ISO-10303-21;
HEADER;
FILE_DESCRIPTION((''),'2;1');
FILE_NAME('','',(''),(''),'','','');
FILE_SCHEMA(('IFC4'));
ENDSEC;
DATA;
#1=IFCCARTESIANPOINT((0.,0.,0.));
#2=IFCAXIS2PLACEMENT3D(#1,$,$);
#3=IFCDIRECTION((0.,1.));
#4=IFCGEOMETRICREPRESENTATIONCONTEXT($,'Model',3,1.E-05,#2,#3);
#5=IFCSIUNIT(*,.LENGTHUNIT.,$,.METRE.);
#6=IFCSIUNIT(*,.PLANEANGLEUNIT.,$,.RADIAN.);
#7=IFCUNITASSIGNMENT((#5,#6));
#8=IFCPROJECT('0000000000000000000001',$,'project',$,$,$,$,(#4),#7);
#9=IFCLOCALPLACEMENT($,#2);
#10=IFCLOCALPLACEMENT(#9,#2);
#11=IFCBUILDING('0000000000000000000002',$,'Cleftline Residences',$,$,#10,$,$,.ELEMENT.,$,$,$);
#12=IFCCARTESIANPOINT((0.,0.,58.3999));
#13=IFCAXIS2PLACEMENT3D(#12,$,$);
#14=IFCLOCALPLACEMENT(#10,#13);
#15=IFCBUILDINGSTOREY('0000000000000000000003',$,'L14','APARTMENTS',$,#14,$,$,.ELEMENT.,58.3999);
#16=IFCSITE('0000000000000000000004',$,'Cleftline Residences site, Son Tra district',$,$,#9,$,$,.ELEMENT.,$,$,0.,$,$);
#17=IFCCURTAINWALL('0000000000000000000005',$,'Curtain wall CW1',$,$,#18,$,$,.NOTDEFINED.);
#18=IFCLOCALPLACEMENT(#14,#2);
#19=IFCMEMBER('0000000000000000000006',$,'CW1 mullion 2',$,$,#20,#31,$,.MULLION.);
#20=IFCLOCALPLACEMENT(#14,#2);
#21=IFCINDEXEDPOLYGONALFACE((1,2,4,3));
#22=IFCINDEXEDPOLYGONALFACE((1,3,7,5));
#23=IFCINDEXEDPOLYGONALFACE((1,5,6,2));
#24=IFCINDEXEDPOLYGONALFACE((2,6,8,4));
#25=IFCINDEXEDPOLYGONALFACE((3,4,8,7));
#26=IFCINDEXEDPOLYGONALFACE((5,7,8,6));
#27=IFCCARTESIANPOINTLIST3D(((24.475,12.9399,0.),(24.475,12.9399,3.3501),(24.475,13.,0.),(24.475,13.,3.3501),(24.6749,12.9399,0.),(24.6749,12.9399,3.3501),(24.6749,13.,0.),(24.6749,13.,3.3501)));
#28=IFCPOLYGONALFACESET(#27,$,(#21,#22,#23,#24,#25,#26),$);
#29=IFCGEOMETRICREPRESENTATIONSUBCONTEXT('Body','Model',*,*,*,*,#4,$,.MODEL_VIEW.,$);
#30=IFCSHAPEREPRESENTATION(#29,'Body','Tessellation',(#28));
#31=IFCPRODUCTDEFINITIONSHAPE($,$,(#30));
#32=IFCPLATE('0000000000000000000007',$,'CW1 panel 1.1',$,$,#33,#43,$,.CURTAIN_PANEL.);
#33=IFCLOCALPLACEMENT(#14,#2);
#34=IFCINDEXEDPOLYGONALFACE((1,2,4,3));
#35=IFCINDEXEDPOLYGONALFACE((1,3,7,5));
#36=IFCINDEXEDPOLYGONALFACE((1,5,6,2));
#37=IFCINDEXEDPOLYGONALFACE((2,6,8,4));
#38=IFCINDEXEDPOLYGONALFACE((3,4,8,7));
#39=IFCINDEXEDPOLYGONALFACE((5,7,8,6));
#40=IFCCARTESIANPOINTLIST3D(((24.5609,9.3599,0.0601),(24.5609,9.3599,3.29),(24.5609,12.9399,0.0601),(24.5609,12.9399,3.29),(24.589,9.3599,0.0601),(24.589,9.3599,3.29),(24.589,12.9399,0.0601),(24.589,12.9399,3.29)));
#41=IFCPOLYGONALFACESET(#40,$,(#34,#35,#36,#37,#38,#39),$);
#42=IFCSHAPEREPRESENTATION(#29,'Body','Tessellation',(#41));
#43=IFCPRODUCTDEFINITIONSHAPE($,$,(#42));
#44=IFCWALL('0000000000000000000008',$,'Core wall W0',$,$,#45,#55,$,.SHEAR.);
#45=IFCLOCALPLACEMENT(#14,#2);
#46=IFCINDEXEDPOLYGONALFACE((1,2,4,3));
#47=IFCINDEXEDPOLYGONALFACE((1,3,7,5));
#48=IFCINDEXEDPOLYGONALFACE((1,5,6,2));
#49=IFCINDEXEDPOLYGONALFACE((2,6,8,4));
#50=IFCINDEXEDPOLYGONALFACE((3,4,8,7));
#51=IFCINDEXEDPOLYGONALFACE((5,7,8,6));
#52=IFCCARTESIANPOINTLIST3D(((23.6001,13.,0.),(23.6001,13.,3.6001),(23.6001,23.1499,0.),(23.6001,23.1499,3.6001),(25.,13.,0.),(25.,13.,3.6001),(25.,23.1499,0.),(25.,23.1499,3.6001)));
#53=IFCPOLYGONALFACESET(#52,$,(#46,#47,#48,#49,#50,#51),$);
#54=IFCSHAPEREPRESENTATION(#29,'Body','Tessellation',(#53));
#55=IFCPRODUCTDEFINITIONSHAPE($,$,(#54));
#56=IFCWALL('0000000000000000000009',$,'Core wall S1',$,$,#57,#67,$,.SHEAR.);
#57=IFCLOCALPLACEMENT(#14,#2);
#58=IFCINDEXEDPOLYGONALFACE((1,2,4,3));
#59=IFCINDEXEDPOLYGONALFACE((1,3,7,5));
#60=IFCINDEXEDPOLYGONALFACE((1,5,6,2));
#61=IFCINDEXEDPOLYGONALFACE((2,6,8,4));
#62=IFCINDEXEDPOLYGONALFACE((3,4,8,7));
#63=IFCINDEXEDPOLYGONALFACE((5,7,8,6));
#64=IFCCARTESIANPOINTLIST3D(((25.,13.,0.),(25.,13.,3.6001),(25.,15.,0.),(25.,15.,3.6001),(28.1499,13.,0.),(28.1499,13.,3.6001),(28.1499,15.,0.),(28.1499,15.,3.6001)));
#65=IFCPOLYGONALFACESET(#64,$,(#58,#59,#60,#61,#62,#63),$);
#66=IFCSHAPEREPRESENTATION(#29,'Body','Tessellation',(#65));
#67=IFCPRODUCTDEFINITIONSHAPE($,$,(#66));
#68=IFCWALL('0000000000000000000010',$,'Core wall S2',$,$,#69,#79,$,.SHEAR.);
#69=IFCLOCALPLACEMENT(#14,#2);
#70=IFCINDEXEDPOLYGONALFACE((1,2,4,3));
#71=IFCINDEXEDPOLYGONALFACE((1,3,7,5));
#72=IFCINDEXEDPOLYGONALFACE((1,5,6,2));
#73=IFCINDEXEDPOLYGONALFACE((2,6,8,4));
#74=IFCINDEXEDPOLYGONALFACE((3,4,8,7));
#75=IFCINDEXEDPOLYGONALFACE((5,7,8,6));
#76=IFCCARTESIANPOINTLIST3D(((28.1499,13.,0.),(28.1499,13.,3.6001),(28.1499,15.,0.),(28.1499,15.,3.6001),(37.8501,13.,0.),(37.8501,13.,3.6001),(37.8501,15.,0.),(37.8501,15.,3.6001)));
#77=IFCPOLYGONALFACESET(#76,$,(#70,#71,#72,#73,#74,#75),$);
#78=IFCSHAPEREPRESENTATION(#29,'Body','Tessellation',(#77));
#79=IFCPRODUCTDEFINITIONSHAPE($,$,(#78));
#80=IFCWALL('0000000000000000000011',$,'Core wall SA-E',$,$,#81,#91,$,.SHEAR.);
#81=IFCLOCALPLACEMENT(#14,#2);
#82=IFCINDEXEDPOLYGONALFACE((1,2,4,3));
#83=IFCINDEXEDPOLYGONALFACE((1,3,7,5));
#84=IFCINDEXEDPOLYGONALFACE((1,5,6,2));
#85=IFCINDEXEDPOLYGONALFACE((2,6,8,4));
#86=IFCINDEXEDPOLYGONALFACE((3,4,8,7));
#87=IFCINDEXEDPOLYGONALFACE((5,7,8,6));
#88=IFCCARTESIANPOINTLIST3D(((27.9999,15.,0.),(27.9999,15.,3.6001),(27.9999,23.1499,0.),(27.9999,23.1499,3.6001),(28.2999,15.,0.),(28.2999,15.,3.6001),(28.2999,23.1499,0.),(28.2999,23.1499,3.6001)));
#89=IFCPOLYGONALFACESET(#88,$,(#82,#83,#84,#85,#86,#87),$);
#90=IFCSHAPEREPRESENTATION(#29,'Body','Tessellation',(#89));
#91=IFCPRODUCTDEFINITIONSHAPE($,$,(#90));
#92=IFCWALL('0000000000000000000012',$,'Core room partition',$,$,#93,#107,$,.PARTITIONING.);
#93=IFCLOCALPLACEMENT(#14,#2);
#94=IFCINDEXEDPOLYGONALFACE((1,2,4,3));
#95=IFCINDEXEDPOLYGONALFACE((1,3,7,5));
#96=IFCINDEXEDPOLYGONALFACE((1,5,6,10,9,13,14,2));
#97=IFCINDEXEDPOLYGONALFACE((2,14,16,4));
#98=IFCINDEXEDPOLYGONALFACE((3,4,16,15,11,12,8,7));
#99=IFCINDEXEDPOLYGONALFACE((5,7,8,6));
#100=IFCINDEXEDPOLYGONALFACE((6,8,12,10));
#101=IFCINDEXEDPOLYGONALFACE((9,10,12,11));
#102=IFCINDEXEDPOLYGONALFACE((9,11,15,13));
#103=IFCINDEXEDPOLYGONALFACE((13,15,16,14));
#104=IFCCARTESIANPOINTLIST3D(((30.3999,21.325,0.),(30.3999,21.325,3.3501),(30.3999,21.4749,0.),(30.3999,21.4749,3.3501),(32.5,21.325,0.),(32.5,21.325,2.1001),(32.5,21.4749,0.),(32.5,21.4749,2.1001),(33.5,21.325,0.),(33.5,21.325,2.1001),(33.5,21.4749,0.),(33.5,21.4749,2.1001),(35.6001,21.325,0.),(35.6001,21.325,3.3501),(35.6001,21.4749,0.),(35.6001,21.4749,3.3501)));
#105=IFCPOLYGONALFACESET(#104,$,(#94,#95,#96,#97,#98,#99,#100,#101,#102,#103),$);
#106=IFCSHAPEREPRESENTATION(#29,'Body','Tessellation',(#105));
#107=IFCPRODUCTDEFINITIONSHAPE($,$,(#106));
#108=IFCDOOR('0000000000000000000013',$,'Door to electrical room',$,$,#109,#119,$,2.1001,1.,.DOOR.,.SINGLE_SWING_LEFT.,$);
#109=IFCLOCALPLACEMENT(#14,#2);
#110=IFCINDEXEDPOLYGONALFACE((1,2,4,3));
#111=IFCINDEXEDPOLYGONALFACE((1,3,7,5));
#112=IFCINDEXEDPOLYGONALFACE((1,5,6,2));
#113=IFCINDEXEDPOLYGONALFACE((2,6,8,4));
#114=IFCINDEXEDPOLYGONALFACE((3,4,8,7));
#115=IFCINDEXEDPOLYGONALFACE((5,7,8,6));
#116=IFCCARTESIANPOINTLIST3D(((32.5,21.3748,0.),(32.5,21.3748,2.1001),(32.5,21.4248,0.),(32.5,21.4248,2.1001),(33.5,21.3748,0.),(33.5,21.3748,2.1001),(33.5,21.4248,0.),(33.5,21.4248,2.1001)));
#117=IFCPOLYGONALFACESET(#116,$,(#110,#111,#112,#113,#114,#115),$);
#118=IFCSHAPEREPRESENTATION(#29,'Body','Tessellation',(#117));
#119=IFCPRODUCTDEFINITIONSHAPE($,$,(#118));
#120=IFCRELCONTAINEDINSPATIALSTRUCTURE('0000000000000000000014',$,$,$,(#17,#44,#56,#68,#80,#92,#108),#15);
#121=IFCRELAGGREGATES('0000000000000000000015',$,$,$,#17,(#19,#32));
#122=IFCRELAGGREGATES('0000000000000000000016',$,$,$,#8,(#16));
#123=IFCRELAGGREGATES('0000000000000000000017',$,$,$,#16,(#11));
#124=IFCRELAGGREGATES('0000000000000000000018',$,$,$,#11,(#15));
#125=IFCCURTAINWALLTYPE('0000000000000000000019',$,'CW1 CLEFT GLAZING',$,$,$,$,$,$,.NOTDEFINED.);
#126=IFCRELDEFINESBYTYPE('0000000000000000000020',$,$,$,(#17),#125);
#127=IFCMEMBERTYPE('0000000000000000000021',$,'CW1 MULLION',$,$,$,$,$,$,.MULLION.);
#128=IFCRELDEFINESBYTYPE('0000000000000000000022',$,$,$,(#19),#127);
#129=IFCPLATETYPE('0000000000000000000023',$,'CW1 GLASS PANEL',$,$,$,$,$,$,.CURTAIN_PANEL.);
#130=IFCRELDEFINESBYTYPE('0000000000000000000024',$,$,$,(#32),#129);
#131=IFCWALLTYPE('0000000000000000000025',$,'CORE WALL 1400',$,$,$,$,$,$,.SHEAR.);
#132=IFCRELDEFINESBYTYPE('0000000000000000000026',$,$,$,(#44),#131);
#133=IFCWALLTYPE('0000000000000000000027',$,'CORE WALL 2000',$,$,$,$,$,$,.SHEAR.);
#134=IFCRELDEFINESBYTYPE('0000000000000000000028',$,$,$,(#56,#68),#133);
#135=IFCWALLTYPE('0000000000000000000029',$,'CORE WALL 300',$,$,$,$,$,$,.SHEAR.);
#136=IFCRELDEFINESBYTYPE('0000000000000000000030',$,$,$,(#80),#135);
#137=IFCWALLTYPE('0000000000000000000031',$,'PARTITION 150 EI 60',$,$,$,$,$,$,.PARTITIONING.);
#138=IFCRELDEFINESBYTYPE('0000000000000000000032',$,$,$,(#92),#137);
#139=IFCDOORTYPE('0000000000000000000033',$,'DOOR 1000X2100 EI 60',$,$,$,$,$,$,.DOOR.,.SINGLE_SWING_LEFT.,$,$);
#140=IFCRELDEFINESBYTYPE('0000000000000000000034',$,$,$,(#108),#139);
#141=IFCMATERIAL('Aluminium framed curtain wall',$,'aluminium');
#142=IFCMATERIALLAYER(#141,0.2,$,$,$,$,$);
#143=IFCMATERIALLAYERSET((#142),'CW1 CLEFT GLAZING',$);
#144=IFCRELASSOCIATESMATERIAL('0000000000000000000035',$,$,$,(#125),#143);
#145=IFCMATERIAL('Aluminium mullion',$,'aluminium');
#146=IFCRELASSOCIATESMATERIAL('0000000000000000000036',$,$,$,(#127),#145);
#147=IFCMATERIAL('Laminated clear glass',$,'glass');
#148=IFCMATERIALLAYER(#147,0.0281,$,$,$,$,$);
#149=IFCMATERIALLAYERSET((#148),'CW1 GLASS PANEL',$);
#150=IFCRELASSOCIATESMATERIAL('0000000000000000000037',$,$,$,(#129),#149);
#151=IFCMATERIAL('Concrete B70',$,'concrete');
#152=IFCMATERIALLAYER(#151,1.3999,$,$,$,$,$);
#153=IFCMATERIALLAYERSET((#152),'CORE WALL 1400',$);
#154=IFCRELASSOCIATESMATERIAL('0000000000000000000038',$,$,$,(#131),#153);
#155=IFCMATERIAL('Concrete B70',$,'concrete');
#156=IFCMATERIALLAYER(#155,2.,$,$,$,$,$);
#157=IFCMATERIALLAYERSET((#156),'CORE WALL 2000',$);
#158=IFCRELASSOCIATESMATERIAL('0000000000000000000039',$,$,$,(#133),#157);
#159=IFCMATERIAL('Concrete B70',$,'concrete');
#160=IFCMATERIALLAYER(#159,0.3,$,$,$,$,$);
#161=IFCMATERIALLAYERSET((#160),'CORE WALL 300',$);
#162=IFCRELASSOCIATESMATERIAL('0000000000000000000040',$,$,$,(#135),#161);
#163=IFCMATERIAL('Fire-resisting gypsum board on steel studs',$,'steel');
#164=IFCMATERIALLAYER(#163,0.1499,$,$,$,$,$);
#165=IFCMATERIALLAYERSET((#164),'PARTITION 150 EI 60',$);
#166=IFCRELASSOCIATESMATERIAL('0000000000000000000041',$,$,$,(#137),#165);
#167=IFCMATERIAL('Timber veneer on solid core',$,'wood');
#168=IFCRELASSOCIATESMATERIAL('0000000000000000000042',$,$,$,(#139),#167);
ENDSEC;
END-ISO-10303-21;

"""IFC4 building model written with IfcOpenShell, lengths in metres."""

from ifc_helpers import new_model, si_unit, direction, frame, frame_2d, origin, origin_2d, place, context, subcontext, project, spatial, rectangle, extrude, material, layer, layer_set, material_profile, profile_set, type_object, element, fill, aggregate, save


model = new_model("IFC4")

# Units and contexts
model_context = context("Model", 3, precision=1e-05, world=origin(), true_north=direction((0.0, 1.0)))
body_context = subcontext(model_context, "Body", "Model", "MODEL_VIEW")
ifc_project = project(units=[si_unit("LENGTHUNIT", "METRE"), si_unit("PLANEANGLEUNIT", "RADIAN")], contexts=[model_context])

# Site, building, storey
site_placement = place(None, origin())
site = spatial("IfcSite", under=ifc_project, at=site_placement, Name="Cleftline Residences site, Son Tra district", CompositionType="ELEMENT", RefElevation=0.0)
building_placement = place(site_placement, origin())
building = spatial("IfcBuilding", under=site, at=building_placement, Name="Cleftline Residences", CompositionType="ELEMENT")
storey_placement = place(building_placement, frame((0.0, 0.0, 58.3999)))
storey = spatial("IfcBuildingStorey", under=building, at=storey_placement, Name="L14", Description="APARTMENTS", CompositionType="ELEMENT", Elevation=58.3999)

# Curtain wall, member, plate
ifc_material_1 = material(Name="Aluminium framed curtain wall", Category="aluminium")
ifc_layer_1 = layer(ifc_material_1, 0.2)
ifc_layer_set_1 = layer_set([ifc_layer_1], Name="CW1 CLEFT GLAZING")
curtain_wall_type = type_object("IfcCurtainWallType", Name="CW1 CLEFT GLAZING", PredefinedType="NOTDEFINED", material=ifc_layer_set_1)
curtain_wall_placement = place(storey_placement, origin())
curtain_wall = element("IfcCurtainWall", 1, at=curtain_wall_placement, inside=storey, type_object=curtain_wall_type, Name="Curtain wall CW1", PredefinedType="NOTDEFINED")
ifc_material_2 = material(Name="Aluminium mullion", Category="aluminium")
ifc_material_profile = material_profile(ifc_material_2, rectangle(XDim=0.2, YDim=0.0601, at=origin_2d()))
ifc_profile_set = profile_set([ifc_material_profile], Name="Aluminium mullion")
member_type = type_object("IfcMemberType", Name="CW1 MULLION", PredefinedType="MULLION", material=ifc_profile_set)
member_placement = place(storey_placement, frame((24.575, 12.97, 0.0), z_axis=(0.0, 0.0, 1.0), x_axis=(-1.0, 0.0, 0.0)))
member = element("IfcMember", 2, at=member_placement, type_object=member_type, Name="CW1 mullion 2", PredefinedType="MULLION", context=body_context, shape_type="SweptSolid", body=[
    extrude(rectangle(XDim=0.2, YDim=0.0601, at=origin_2d()), origin(), (0.0, 0.0, 1.0), 3.3501),
])
ifc_material_3 = material(Name="Laminated clear glass", Category="glass")
ifc_layer_2 = layer(ifc_material_3, 0.0281)
ifc_layer_set_2 = layer_set([ifc_layer_2], Name="CW1 GLASS PANEL")
plate_type = type_object("IfcPlateType", Name="CW1 GLASS PANEL", PredefinedType="CURTAIN_PANEL", material=ifc_layer_set_2)
plate_placement = place(storey_placement, frame((24.575, 11.1499, 0.0601), z_axis=(0.0, 0.0, 1.0), x_axis=(0.0, 1.0, 0.0)))
plate = element("IfcPlate", 3, at=plate_placement, type_object=plate_type, Name="CW1 panel 1.1", PredefinedType="CURTAIN_PANEL", context=body_context, shape_type="SweptSolid", body=[
    extrude(rectangle(XDim=3.5801, YDim=0.0281, at=origin_2d()), origin(), (0.0, 0.0, 1.0), 3.23),
])
aggregate(curtain_wall, [member, plate])

# Wall
ifc_material_4 = material(Name="Concrete B70", Category="concrete")
ifc_layer_3 = layer(ifc_material_4, 1.3999)
ifc_layer_set_3 = layer_set([ifc_layer_3], Name="CORE WALL 1400")
wall_type_1 = type_object("IfcWallType", Name="CORE WALL 1400", PredefinedType="SHEAR", material=ifc_layer_set_3)
wall_1_placement = place(storey_placement, frame((24.3, 13.0, 0.0), z_axis=(0.0, 0.0, 1.0), x_axis=(0.0, 1.0, 0.0)))
element("IfcWall", 4, at=wall_1_placement, inside=storey, type_object=wall_type_1, Name="Core wall W0", PredefinedType="SHEAR", context=body_context, shape_type="SweptSolid", body=[
    extrude(rectangle(XDim=10.1499, YDim=1.3999, at=frame_2d((5.075, 0.0))), origin(), (0.0, 0.0, 1.0), 3.6001),
])

# Walls
ifc_material_5 = material(Name="Concrete B70", Category="concrete")
ifc_layer_4 = layer(ifc_material_5, 2.0)
ifc_layer_set_4 = layer_set([ifc_layer_4], Name="CORE WALL 2000")
wall_type_2 = type_object("IfcWallType", Name="CORE WALL 2000", PredefinedType="SHEAR", material=ifc_layer_set_4)
wall_2_placement = place(storey_placement, frame((25.0, 14.0, 0.0), z_axis=(0.0, 0.0, 1.0), x_axis=(1.0, 0.0, 0.0)))
element("IfcWall", 5, at=wall_2_placement, inside=storey, type_object=wall_type_2, Name="Core wall S1", PredefinedType="SHEAR", context=body_context, shape_type="SweptSolid", body=[
    extrude(rectangle(XDim=3.1499, YDim=2.0, at=frame_2d((1.575, 0.0))), origin(), (0.0, 0.0, 1.0), 3.6001),
])
wall_3_placement = place(storey_placement, frame((28.1499, 14.0, 0.0), z_axis=(0.0, 0.0, 1.0), x_axis=(1.0, 0.0, 0.0)))
element("IfcWall", 6, at=wall_3_placement, inside=storey, type_object=wall_type_2, Name="Core wall S2", PredefinedType="SHEAR", context=body_context, shape_type="SweptSolid", body=[
    extrude(rectangle(XDim=9.7002, YDim=2.0, at=frame_2d((4.8501, 0.0))), origin(), (0.0, 0.0, 1.0), 3.6001),
])
ifc_material_6 = material(Name="Concrete B70", Category="concrete")
ifc_layer_5 = layer(ifc_material_6, 0.3)
ifc_layer_set_5 = layer_set([ifc_layer_5], Name="CORE WALL 300")
wall_type_3 = type_object("IfcWallType", Name="CORE WALL 300", PredefinedType="SHEAR", material=ifc_layer_set_5)
wall_4_placement = place(storey_placement, frame((28.1499, 15.0, 0.0), z_axis=(0.0, 0.0, 1.0), x_axis=(0.0, 1.0, 0.0)))
element("IfcWall", 7, at=wall_4_placement, inside=storey, type_object=wall_type_3, Name="Core wall SA-E", PredefinedType="SHEAR", context=body_context, shape_type="SweptSolid", body=[
    extrude(rectangle(XDim=8.1499, YDim=0.3, at=frame_2d((4.075, 0.0))), origin(), (0.0, 0.0, 1.0), 3.6001),
])

# Wall, opening, door
ifc_material_7 = material(Name="Fire-resisting gypsum board on steel studs", Category="steel")
ifc_layer_6 = layer(ifc_material_7, 0.1499)
ifc_layer_set_6 = layer_set([ifc_layer_6], Name="PARTITION 150 EI 60")
wall_type_4 = type_object("IfcWallType", Name="PARTITION 150 EI 60", PredefinedType="PARTITIONING", material=ifc_layer_set_6)
wall_5_placement = place(storey_placement, frame((30.3999, 21.3999, 0.0), z_axis=(0.0, 0.0, 1.0), x_axis=(1.0, 0.0, 0.0)))
wall_5 = element("IfcWall", 8, at=wall_5_placement, inside=storey, type_object=wall_type_4, Name="Core room partition", PredefinedType="PARTITIONING", context=body_context, shape_type="SweptSolid", body=[
    extrude(rectangle(XDim=5.2002, YDim=0.1499, at=frame_2d((2.6001, 0.0))), origin(), (0.0, 0.0, 1.0), 3.3501),
])
opening_1_placement = place(wall_5_placement, frame((2.1001, 0.0, 0.0)))
opening_1 = element("IfcOpeningElement", 9, at=opening_1_placement, cuts=wall_5, PredefinedType="OPENING", context=body_context, shape_type="SweptSolid", body=[
    extrude(rectangle(XDim=1.0, YDim=2.1001, at=frame_2d((0.5, 1.05))), frame((0.0, 0.085, 0.0), z_axis=(0.0, -1.0, 0.0), x_axis=(1.0, 0.0, 0.0)), (0.0, 0.0, 1.0), 0.1699),
])
ifc_material_8 = material(Name="Timber veneer on solid core", Category="wood")
door_type_1 = type_object("IfcDoorType", Name="DOOR 1000X2100 EI 60", OperationType="SINGLE_SWING_LEFT", PredefinedType="DOOR", material=ifc_material_8)
door_1_placement = place(opening_1_placement, origin())
door_1 = element("IfcDoor", 10, at=door_1_placement, inside=storey, type_object=door_type_1, Name="Door to electrical room", OperationType="SINGLE_SWING_LEFT", OverallHeight=2.1001, OverallWidth=1.0, PredefinedType="DOOR", context=body_context, shape_type="SweptSolid", body=[
    extrude(rectangle(XDim=1.0, YDim=2.1001, at=frame_2d((0.5, 1.05))), frame((0.0, 0.0249, 0.0), z_axis=(0.0, -1.0, 0.0), x_axis=(1.0, 0.0, 0.0)), (0.0, 0.0, 1.0), 0.05),
])
fill(opening_1, door_1)

save(model, "model.ifc")
